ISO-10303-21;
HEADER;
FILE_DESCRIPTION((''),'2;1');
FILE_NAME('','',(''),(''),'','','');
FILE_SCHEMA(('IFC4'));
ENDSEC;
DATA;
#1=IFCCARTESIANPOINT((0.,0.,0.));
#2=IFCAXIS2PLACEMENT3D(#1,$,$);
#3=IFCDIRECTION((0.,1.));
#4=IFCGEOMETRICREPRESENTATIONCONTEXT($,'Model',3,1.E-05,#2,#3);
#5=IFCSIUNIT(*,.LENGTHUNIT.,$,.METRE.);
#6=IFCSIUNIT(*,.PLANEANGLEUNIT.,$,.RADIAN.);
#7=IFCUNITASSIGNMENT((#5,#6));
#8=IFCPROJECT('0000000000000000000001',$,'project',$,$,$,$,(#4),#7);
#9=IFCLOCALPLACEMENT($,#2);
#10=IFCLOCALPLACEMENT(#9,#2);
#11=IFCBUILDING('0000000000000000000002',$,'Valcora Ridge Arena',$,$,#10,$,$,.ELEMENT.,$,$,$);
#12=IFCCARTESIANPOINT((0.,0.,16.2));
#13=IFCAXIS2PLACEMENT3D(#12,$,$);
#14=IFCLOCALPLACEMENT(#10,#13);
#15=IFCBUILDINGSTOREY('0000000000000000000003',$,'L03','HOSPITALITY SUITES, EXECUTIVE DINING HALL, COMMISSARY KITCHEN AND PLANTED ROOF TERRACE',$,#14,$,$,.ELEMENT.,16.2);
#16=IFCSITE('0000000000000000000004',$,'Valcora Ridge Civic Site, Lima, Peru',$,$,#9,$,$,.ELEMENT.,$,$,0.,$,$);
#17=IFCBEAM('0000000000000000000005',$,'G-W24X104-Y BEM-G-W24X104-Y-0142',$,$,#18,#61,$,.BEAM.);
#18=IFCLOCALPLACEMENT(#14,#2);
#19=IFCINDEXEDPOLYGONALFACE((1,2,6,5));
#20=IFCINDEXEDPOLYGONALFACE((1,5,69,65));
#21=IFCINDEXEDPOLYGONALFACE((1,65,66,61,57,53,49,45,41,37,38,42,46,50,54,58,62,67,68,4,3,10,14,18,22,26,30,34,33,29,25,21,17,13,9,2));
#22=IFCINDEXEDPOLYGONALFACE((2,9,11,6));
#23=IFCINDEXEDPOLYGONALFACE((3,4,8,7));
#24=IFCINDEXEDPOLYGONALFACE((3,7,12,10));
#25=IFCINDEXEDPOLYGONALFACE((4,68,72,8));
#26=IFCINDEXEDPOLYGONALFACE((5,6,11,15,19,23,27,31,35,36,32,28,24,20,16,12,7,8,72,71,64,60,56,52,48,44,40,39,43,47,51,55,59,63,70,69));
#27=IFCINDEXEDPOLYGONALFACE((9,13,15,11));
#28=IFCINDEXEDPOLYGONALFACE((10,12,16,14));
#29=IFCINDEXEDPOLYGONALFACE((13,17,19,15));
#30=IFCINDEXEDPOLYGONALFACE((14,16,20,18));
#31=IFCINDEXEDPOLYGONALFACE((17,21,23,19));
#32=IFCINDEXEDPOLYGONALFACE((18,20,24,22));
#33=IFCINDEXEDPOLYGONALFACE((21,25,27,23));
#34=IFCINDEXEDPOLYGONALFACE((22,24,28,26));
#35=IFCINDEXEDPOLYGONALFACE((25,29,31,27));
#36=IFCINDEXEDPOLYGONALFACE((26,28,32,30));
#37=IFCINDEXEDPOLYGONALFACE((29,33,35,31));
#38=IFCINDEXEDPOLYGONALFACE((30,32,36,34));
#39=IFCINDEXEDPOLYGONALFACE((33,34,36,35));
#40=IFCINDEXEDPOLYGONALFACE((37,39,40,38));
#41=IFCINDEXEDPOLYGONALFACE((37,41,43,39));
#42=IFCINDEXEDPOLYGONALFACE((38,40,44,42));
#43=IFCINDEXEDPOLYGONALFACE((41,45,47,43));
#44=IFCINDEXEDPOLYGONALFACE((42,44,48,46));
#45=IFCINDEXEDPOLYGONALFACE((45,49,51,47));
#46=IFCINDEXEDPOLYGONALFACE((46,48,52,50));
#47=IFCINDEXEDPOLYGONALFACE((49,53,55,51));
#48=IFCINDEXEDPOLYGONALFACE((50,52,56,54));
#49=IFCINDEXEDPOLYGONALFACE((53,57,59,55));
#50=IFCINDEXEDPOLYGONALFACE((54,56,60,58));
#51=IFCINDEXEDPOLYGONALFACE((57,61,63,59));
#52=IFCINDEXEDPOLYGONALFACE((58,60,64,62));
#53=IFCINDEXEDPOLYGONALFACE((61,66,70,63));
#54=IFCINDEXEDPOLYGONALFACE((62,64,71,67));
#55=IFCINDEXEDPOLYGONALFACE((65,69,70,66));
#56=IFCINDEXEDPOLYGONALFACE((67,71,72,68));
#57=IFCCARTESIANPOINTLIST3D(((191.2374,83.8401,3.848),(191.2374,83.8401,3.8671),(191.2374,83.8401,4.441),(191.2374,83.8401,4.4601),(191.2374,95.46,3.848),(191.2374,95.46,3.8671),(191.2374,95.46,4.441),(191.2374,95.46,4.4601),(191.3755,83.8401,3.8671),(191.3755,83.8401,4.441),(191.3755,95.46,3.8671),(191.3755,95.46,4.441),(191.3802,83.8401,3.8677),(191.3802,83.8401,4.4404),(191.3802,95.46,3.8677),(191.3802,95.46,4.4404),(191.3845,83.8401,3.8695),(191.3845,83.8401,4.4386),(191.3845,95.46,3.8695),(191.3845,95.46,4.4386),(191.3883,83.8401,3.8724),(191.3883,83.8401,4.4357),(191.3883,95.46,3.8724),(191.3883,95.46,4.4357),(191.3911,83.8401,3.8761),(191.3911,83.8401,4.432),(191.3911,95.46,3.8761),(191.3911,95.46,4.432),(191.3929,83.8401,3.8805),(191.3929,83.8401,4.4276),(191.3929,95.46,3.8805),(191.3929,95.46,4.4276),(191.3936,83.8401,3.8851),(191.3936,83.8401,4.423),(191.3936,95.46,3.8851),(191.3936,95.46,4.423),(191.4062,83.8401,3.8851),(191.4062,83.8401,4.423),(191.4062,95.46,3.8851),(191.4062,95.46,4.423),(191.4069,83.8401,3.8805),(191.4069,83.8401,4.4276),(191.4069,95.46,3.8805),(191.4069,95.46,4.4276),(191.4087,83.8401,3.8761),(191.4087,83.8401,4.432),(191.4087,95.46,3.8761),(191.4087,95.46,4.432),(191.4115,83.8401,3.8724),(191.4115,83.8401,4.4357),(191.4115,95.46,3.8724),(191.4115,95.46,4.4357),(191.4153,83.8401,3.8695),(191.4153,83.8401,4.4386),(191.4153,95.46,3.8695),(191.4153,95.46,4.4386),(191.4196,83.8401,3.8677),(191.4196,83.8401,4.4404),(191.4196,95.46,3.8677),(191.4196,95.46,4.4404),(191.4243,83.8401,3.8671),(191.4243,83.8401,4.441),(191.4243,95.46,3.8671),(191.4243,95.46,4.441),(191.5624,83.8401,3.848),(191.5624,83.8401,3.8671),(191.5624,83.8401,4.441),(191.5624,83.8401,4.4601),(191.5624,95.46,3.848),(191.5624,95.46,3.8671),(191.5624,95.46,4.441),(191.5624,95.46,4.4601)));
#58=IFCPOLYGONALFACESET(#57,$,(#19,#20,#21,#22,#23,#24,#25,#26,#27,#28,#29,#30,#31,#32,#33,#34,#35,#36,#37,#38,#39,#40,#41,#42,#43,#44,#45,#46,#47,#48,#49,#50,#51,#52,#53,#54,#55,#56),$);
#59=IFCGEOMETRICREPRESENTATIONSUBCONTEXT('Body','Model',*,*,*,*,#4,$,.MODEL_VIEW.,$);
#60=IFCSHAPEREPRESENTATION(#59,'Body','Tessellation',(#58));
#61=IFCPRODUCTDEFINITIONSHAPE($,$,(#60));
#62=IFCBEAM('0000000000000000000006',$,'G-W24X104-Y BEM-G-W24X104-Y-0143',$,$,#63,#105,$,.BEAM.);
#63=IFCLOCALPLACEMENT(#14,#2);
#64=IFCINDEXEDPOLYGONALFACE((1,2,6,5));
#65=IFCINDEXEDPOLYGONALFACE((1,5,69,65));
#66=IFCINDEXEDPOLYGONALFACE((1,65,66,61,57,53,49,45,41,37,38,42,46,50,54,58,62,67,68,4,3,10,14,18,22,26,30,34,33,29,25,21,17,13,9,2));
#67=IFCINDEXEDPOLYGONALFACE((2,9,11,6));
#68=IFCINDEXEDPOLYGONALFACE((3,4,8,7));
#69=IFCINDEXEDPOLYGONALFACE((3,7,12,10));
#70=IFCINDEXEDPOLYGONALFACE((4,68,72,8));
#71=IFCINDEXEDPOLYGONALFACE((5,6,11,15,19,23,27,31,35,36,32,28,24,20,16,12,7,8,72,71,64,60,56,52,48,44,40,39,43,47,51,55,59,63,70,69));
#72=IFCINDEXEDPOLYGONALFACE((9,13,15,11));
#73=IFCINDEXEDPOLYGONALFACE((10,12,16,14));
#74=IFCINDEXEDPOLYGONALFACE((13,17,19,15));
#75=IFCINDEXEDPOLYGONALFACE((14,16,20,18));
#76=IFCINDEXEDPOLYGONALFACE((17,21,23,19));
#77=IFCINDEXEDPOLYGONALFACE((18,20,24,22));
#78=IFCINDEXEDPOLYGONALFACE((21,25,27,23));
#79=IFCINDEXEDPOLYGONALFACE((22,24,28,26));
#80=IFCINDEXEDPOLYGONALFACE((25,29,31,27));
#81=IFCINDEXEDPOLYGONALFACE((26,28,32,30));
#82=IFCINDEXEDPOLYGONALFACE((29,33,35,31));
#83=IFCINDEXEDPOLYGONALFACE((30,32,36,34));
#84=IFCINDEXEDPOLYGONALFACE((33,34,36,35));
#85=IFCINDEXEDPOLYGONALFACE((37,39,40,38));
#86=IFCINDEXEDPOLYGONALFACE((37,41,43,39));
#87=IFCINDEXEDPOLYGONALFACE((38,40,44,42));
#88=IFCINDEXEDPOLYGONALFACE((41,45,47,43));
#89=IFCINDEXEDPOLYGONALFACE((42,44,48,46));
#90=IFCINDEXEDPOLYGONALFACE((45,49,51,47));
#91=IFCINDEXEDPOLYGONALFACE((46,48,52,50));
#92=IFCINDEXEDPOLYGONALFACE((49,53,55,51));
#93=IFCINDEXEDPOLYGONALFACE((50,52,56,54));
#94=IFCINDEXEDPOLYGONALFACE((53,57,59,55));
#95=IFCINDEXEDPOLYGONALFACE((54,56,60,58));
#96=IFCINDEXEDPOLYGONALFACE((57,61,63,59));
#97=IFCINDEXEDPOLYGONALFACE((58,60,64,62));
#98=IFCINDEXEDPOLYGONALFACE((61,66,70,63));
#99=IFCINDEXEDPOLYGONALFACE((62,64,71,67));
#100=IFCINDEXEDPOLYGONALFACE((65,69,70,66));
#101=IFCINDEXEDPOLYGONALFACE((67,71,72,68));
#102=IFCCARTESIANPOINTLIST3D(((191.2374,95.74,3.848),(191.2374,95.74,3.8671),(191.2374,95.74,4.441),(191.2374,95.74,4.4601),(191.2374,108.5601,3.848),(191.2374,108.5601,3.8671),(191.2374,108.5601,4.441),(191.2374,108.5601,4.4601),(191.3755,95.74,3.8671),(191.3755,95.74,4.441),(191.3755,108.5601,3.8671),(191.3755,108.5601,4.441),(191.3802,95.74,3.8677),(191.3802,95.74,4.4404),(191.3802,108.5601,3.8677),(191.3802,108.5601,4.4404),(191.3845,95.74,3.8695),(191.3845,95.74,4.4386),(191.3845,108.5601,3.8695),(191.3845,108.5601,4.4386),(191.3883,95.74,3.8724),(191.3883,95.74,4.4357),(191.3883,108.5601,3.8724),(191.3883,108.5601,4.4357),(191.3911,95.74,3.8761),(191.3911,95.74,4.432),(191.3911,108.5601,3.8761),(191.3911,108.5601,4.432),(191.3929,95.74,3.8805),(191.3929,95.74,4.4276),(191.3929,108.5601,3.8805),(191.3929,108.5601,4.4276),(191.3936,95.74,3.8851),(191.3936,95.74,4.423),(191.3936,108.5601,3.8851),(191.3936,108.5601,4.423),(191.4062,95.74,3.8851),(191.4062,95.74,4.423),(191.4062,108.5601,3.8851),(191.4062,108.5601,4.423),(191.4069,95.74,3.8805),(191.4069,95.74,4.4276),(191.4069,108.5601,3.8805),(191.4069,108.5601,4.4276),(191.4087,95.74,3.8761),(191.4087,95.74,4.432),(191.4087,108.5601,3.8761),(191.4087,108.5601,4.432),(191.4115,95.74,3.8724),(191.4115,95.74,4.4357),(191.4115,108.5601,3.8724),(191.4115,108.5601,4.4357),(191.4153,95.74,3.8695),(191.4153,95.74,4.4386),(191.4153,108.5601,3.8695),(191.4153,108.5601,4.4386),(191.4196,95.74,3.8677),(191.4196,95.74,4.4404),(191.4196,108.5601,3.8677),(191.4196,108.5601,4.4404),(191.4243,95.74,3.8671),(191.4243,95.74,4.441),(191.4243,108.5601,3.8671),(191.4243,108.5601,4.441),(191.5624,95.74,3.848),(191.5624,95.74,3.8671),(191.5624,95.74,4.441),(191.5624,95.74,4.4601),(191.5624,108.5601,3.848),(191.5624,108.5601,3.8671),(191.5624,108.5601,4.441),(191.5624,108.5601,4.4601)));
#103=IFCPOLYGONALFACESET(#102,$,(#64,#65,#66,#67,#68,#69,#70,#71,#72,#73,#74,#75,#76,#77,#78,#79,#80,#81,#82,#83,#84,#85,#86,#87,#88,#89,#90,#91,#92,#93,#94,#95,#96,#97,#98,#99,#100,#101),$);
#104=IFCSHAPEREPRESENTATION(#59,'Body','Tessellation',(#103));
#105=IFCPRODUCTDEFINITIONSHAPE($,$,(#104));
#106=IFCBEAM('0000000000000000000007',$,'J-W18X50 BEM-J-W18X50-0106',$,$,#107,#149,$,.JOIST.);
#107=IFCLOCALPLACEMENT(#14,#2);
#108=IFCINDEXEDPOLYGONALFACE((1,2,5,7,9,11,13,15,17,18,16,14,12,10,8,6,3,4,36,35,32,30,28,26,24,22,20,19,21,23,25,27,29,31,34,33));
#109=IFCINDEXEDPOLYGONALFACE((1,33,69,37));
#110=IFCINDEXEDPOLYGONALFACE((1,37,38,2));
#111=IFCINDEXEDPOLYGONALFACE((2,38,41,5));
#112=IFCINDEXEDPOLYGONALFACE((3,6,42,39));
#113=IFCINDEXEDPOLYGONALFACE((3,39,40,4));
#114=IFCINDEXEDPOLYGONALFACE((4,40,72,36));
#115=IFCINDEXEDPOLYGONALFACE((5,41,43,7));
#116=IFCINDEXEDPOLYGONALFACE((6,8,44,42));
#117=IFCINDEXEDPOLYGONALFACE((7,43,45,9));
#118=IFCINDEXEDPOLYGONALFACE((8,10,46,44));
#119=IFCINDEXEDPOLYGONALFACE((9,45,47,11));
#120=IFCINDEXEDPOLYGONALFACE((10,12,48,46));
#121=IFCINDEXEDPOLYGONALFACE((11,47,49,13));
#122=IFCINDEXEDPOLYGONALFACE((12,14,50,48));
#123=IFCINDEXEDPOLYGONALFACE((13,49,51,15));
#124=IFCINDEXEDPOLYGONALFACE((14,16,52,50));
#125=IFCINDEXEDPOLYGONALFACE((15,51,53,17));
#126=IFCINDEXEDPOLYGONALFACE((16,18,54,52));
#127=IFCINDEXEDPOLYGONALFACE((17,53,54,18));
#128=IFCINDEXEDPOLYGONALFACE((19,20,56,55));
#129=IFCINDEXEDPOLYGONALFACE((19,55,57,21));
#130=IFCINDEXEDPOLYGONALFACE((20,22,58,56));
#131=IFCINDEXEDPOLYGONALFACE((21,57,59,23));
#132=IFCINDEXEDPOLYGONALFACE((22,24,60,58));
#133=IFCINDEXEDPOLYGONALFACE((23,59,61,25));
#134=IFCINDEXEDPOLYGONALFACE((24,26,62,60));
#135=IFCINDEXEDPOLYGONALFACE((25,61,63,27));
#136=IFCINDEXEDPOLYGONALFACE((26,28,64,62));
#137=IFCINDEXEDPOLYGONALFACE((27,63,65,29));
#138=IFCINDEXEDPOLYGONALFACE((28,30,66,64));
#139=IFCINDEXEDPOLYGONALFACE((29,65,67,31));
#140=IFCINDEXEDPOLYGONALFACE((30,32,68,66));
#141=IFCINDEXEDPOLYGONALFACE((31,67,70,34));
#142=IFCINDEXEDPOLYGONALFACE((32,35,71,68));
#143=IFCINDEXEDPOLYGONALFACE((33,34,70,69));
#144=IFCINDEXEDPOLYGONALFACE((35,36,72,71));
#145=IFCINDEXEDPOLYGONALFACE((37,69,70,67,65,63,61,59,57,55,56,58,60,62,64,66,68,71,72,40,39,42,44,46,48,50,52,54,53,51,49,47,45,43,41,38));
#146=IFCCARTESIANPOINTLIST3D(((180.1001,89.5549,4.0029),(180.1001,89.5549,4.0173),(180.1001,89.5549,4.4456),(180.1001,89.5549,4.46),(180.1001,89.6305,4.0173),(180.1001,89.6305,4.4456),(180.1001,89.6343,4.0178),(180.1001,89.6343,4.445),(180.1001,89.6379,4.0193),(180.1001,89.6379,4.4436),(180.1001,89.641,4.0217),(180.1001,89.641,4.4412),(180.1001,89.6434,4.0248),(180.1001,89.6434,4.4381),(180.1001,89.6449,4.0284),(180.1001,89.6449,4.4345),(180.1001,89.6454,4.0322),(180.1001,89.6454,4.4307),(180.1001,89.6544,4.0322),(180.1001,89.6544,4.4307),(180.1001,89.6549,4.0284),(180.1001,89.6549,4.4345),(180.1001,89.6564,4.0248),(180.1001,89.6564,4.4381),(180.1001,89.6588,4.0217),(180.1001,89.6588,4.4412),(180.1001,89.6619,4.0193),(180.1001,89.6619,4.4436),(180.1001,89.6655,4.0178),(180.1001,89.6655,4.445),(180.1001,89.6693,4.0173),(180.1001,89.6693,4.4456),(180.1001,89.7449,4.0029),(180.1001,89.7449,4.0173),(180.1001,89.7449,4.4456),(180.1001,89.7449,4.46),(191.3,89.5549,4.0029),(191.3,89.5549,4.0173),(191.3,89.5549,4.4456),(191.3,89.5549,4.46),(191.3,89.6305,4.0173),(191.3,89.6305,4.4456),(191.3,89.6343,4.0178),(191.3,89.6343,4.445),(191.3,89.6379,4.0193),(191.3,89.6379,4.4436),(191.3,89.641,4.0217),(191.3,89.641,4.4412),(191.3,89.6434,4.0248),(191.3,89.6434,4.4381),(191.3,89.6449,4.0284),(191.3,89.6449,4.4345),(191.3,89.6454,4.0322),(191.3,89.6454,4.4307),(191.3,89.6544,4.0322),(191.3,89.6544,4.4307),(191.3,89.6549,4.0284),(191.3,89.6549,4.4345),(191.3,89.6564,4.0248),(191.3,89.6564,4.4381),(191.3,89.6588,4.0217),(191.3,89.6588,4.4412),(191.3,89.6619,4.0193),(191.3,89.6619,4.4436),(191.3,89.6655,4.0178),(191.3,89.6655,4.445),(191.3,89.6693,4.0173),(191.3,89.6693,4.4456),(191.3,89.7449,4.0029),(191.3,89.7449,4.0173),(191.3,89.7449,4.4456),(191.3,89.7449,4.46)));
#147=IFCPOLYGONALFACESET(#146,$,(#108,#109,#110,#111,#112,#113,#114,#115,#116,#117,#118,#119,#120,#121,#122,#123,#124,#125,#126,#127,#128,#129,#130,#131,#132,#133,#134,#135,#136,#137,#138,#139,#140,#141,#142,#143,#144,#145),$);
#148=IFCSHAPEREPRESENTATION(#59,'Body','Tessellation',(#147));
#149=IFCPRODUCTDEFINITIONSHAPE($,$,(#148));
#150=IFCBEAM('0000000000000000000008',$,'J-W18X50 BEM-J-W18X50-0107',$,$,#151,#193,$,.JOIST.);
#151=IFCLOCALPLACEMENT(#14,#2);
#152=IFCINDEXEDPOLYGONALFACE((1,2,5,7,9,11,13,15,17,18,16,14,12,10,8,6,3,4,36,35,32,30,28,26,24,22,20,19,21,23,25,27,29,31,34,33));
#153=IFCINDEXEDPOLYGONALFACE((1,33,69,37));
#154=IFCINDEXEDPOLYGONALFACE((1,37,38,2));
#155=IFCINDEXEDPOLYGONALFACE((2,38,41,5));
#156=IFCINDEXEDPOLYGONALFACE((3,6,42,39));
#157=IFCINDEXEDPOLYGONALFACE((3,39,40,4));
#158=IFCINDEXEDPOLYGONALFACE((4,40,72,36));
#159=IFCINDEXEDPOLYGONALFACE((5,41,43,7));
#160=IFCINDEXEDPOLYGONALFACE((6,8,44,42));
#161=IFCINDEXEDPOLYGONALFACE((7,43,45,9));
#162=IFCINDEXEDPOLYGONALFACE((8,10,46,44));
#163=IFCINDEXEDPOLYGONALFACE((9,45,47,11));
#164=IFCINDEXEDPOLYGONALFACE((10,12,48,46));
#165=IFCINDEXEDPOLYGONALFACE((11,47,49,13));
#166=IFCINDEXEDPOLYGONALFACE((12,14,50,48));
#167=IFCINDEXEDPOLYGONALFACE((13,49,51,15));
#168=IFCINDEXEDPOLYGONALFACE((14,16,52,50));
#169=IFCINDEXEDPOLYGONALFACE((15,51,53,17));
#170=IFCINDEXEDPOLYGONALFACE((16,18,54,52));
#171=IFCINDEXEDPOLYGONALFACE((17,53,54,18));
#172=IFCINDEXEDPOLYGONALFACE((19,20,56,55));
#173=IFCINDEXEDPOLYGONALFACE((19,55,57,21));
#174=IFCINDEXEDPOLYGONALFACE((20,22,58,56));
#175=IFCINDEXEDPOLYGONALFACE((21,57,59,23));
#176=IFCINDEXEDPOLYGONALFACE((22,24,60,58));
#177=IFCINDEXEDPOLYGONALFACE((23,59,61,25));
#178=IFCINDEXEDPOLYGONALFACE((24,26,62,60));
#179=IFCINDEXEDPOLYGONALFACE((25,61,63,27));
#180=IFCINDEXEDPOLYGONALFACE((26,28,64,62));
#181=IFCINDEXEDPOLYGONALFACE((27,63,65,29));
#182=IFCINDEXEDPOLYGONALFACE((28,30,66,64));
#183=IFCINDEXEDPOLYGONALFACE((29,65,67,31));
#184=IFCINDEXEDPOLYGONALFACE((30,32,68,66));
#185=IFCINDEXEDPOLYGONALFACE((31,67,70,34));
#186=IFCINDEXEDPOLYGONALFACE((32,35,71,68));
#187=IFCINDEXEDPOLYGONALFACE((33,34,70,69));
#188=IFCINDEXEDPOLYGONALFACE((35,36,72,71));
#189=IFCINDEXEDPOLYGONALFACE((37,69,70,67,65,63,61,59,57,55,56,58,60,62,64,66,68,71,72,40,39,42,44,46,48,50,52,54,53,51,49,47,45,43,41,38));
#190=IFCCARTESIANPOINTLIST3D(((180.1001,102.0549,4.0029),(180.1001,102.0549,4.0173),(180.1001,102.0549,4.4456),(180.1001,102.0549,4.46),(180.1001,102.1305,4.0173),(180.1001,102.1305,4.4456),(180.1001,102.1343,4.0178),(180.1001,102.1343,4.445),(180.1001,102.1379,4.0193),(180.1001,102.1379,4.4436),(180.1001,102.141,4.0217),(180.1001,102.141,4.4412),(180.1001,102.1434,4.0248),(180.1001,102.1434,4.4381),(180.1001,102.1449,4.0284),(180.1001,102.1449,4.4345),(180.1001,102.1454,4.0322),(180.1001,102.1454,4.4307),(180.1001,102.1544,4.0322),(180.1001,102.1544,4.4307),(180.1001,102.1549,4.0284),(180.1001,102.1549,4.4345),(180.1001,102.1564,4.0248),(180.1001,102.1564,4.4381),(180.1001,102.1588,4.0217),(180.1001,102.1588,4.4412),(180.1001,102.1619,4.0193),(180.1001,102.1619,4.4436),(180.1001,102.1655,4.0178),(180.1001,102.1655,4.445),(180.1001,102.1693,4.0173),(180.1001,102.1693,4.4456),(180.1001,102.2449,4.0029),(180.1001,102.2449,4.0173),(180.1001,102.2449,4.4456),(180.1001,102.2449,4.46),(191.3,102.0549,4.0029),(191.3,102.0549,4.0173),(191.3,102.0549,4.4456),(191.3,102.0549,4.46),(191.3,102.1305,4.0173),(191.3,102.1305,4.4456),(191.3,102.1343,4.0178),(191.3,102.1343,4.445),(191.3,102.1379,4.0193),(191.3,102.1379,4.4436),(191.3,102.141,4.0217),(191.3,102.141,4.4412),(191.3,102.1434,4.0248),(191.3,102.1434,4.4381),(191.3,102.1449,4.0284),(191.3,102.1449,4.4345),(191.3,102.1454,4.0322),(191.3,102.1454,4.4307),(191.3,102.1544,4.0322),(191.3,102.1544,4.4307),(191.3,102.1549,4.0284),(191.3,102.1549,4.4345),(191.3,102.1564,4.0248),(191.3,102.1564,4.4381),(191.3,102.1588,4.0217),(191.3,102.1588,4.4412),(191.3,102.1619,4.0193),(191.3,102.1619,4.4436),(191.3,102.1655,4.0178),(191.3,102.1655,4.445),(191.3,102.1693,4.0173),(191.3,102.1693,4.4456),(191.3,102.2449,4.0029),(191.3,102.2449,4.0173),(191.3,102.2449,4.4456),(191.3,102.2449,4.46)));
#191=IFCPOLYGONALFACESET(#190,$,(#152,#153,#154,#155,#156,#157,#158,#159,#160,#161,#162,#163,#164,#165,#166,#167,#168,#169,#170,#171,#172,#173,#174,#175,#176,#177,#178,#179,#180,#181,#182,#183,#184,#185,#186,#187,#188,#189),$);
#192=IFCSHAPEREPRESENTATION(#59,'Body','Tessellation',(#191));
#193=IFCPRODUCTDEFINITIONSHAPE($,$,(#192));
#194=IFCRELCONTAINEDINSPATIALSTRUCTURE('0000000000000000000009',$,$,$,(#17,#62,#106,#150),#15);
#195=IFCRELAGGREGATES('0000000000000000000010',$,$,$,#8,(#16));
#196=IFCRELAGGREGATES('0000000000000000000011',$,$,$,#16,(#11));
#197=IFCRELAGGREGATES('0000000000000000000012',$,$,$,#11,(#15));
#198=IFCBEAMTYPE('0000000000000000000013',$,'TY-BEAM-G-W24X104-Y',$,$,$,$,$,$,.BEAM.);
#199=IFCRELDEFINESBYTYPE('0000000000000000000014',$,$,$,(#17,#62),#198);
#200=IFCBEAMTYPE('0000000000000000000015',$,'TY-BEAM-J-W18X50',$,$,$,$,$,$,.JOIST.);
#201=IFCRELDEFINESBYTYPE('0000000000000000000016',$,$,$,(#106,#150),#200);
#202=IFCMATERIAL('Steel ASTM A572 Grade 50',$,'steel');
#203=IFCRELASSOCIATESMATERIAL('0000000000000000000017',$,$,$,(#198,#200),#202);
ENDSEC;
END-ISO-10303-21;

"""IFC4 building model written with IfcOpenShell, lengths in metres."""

from ifc_helpers import new_model, si_unit, direction, frame, origin, origin_2d, place, context, subcontext, project, spatial, i_section, extrude, material, material_profile, profile_set, type_object, element, save


model = new_model("IFC4")

# Units and contexts
model_context = context("Model", 3, precision=1e-05, world=origin(), true_north=direction((0.0, 1.0)))
body_context = subcontext(model_context, "Body", "Model", "MODEL_VIEW")
ifc_project = project(units=[si_unit("LENGTHUNIT", "METRE"), si_unit("PLANEANGLEUNIT", "RADIAN")], contexts=[model_context])

# Site, building, storey
site_placement = place(None, origin())
site = spatial("IfcSite", under=ifc_project, at=site_placement, Name="Valcora Ridge Civic Site, Lima, Peru", CompositionType="ELEMENT", RefElevation=0.0)
building_placement = place(site_placement, origin())
building = spatial("IfcBuilding", under=site, at=building_placement, Name="Valcora Ridge Arena", CompositionType="ELEMENT")
storey_placement = place(building_placement, frame((0.0, 0.0, 16.2)))
storey = spatial("IfcBuildingStorey", under=building, at=storey_placement, Name="L03", Description="HOSPITALITY SUITES, EXECUTIVE DINING HALL, COMMISSARY KITCHEN AND PLANTED ROOF TERRACE", CompositionType="ELEMENT", Elevation=16.2)

# Beams
ifc_material_1 = material(Name="Steel ASTM A572 Grade 50", Category="steel")
ifc_material_profile_1 = material_profile(ifc_material_1, i_section(OverallWidth=0.325, OverallDepth=0.6121, WebThickness=0.0127, FlangeThickness=0.019, FilletRadius=0.0181, at=origin_2d()), Name="W24X104")
ifc_profile_set_1 = profile_set([ifc_material_profile_1], Name="Steel ASTM A572 Grade 50")
beam_type_1 = type_object("IfcBeamType", Name="TY-BEAM-G-W24X104-Y", PredefinedType="BEAM", material=ifc_profile_set_1)
beam_1_placement = place(storey_placement, frame((191.3999, 83.8401, 4.1541), z_axis=(0.0, 1.0, 0.0), x_axis=(-1.0, 0.0, 0.0)))
element("IfcBeam", 1, at=beam_1_placement, inside=storey, type_object=beam_type_1, Name="G-W24X104-Y BEM-G-W24X104-Y-0142", PredefinedType="BEAM", context=body_context, shape_type="SweptSolid", body=[
    extrude(i_section(OverallWidth=0.325, OverallDepth=0.6121, WebThickness=0.0127, FlangeThickness=0.019, FilletRadius=0.0181, at=origin_2d()), origin(), (0.0, 0.0, 1.0), 11.6199),
])
beam_2_placement = place(storey_placement, frame((191.3999, 95.74, 4.1541), z_axis=(0.0, 1.0, 0.0), x_axis=(-1.0, 0.0, 0.0)))
element("IfcBeam", 2, at=beam_2_placement, inside=storey, type_object=beam_type_1, Name="G-W24X104-Y BEM-G-W24X104-Y-0143", PredefinedType="BEAM", context=body_context, shape_type="SweptSolid", body=[
    extrude(i_section(OverallWidth=0.325, OverallDepth=0.6121, WebThickness=0.0127, FlangeThickness=0.019, FilletRadius=0.0181, at=origin_2d()), origin(), (0.0, 0.0, 1.0), 12.8201),
])
ifc_material_profile_2 = material_profile(ifc_material_1, i_section(OverallWidth=0.1899, OverallDepth=0.457, WebThickness=0.009, FlangeThickness=0.0144, FilletRadius=0.0149, at=origin_2d()), Name="W18X50")
ifc_profile_set_2 = profile_set([ifc_material_profile_2], Name="Steel ASTM A572 Grade 50")
beam_type_2 = type_object("IfcBeamType", Name="TY-BEAM-J-W18X50", PredefinedType="JOIST", material=ifc_profile_set_2)
for number, where, z_axis, x_axis, name in (
    (3, (180.1001, 89.6499, 4.2314), (1.0, 0.0, 0.0), (0.0, 1.0, 0.0), "J-W18X50 BEM-J-W18X50-0106"),
    (4, (180.1001, 102.1499, 4.2314), (1.0, 0.0, 0.0), (0.0, 1.0, 0.0), "J-W18X50 BEM-J-W18X50-0107"),
):
    element("IfcBeam", number, at=place(storey_placement, frame(where, z_axis=z_axis, x_axis=x_axis)), inside=storey, type_object=beam_type_2, Name=name, PredefinedType="JOIST", context=body_context, shape_type="SweptSolid", body=[
        extrude(i_section(OverallWidth=0.1899, OverallDepth=0.457, WebThickness=0.009, FlangeThickness=0.0144, FilletRadius=0.0149, at=origin_2d()), origin(), (0.0, 0.0, 1.0), 11.2),
    ])

save(model, "model.ifc")
